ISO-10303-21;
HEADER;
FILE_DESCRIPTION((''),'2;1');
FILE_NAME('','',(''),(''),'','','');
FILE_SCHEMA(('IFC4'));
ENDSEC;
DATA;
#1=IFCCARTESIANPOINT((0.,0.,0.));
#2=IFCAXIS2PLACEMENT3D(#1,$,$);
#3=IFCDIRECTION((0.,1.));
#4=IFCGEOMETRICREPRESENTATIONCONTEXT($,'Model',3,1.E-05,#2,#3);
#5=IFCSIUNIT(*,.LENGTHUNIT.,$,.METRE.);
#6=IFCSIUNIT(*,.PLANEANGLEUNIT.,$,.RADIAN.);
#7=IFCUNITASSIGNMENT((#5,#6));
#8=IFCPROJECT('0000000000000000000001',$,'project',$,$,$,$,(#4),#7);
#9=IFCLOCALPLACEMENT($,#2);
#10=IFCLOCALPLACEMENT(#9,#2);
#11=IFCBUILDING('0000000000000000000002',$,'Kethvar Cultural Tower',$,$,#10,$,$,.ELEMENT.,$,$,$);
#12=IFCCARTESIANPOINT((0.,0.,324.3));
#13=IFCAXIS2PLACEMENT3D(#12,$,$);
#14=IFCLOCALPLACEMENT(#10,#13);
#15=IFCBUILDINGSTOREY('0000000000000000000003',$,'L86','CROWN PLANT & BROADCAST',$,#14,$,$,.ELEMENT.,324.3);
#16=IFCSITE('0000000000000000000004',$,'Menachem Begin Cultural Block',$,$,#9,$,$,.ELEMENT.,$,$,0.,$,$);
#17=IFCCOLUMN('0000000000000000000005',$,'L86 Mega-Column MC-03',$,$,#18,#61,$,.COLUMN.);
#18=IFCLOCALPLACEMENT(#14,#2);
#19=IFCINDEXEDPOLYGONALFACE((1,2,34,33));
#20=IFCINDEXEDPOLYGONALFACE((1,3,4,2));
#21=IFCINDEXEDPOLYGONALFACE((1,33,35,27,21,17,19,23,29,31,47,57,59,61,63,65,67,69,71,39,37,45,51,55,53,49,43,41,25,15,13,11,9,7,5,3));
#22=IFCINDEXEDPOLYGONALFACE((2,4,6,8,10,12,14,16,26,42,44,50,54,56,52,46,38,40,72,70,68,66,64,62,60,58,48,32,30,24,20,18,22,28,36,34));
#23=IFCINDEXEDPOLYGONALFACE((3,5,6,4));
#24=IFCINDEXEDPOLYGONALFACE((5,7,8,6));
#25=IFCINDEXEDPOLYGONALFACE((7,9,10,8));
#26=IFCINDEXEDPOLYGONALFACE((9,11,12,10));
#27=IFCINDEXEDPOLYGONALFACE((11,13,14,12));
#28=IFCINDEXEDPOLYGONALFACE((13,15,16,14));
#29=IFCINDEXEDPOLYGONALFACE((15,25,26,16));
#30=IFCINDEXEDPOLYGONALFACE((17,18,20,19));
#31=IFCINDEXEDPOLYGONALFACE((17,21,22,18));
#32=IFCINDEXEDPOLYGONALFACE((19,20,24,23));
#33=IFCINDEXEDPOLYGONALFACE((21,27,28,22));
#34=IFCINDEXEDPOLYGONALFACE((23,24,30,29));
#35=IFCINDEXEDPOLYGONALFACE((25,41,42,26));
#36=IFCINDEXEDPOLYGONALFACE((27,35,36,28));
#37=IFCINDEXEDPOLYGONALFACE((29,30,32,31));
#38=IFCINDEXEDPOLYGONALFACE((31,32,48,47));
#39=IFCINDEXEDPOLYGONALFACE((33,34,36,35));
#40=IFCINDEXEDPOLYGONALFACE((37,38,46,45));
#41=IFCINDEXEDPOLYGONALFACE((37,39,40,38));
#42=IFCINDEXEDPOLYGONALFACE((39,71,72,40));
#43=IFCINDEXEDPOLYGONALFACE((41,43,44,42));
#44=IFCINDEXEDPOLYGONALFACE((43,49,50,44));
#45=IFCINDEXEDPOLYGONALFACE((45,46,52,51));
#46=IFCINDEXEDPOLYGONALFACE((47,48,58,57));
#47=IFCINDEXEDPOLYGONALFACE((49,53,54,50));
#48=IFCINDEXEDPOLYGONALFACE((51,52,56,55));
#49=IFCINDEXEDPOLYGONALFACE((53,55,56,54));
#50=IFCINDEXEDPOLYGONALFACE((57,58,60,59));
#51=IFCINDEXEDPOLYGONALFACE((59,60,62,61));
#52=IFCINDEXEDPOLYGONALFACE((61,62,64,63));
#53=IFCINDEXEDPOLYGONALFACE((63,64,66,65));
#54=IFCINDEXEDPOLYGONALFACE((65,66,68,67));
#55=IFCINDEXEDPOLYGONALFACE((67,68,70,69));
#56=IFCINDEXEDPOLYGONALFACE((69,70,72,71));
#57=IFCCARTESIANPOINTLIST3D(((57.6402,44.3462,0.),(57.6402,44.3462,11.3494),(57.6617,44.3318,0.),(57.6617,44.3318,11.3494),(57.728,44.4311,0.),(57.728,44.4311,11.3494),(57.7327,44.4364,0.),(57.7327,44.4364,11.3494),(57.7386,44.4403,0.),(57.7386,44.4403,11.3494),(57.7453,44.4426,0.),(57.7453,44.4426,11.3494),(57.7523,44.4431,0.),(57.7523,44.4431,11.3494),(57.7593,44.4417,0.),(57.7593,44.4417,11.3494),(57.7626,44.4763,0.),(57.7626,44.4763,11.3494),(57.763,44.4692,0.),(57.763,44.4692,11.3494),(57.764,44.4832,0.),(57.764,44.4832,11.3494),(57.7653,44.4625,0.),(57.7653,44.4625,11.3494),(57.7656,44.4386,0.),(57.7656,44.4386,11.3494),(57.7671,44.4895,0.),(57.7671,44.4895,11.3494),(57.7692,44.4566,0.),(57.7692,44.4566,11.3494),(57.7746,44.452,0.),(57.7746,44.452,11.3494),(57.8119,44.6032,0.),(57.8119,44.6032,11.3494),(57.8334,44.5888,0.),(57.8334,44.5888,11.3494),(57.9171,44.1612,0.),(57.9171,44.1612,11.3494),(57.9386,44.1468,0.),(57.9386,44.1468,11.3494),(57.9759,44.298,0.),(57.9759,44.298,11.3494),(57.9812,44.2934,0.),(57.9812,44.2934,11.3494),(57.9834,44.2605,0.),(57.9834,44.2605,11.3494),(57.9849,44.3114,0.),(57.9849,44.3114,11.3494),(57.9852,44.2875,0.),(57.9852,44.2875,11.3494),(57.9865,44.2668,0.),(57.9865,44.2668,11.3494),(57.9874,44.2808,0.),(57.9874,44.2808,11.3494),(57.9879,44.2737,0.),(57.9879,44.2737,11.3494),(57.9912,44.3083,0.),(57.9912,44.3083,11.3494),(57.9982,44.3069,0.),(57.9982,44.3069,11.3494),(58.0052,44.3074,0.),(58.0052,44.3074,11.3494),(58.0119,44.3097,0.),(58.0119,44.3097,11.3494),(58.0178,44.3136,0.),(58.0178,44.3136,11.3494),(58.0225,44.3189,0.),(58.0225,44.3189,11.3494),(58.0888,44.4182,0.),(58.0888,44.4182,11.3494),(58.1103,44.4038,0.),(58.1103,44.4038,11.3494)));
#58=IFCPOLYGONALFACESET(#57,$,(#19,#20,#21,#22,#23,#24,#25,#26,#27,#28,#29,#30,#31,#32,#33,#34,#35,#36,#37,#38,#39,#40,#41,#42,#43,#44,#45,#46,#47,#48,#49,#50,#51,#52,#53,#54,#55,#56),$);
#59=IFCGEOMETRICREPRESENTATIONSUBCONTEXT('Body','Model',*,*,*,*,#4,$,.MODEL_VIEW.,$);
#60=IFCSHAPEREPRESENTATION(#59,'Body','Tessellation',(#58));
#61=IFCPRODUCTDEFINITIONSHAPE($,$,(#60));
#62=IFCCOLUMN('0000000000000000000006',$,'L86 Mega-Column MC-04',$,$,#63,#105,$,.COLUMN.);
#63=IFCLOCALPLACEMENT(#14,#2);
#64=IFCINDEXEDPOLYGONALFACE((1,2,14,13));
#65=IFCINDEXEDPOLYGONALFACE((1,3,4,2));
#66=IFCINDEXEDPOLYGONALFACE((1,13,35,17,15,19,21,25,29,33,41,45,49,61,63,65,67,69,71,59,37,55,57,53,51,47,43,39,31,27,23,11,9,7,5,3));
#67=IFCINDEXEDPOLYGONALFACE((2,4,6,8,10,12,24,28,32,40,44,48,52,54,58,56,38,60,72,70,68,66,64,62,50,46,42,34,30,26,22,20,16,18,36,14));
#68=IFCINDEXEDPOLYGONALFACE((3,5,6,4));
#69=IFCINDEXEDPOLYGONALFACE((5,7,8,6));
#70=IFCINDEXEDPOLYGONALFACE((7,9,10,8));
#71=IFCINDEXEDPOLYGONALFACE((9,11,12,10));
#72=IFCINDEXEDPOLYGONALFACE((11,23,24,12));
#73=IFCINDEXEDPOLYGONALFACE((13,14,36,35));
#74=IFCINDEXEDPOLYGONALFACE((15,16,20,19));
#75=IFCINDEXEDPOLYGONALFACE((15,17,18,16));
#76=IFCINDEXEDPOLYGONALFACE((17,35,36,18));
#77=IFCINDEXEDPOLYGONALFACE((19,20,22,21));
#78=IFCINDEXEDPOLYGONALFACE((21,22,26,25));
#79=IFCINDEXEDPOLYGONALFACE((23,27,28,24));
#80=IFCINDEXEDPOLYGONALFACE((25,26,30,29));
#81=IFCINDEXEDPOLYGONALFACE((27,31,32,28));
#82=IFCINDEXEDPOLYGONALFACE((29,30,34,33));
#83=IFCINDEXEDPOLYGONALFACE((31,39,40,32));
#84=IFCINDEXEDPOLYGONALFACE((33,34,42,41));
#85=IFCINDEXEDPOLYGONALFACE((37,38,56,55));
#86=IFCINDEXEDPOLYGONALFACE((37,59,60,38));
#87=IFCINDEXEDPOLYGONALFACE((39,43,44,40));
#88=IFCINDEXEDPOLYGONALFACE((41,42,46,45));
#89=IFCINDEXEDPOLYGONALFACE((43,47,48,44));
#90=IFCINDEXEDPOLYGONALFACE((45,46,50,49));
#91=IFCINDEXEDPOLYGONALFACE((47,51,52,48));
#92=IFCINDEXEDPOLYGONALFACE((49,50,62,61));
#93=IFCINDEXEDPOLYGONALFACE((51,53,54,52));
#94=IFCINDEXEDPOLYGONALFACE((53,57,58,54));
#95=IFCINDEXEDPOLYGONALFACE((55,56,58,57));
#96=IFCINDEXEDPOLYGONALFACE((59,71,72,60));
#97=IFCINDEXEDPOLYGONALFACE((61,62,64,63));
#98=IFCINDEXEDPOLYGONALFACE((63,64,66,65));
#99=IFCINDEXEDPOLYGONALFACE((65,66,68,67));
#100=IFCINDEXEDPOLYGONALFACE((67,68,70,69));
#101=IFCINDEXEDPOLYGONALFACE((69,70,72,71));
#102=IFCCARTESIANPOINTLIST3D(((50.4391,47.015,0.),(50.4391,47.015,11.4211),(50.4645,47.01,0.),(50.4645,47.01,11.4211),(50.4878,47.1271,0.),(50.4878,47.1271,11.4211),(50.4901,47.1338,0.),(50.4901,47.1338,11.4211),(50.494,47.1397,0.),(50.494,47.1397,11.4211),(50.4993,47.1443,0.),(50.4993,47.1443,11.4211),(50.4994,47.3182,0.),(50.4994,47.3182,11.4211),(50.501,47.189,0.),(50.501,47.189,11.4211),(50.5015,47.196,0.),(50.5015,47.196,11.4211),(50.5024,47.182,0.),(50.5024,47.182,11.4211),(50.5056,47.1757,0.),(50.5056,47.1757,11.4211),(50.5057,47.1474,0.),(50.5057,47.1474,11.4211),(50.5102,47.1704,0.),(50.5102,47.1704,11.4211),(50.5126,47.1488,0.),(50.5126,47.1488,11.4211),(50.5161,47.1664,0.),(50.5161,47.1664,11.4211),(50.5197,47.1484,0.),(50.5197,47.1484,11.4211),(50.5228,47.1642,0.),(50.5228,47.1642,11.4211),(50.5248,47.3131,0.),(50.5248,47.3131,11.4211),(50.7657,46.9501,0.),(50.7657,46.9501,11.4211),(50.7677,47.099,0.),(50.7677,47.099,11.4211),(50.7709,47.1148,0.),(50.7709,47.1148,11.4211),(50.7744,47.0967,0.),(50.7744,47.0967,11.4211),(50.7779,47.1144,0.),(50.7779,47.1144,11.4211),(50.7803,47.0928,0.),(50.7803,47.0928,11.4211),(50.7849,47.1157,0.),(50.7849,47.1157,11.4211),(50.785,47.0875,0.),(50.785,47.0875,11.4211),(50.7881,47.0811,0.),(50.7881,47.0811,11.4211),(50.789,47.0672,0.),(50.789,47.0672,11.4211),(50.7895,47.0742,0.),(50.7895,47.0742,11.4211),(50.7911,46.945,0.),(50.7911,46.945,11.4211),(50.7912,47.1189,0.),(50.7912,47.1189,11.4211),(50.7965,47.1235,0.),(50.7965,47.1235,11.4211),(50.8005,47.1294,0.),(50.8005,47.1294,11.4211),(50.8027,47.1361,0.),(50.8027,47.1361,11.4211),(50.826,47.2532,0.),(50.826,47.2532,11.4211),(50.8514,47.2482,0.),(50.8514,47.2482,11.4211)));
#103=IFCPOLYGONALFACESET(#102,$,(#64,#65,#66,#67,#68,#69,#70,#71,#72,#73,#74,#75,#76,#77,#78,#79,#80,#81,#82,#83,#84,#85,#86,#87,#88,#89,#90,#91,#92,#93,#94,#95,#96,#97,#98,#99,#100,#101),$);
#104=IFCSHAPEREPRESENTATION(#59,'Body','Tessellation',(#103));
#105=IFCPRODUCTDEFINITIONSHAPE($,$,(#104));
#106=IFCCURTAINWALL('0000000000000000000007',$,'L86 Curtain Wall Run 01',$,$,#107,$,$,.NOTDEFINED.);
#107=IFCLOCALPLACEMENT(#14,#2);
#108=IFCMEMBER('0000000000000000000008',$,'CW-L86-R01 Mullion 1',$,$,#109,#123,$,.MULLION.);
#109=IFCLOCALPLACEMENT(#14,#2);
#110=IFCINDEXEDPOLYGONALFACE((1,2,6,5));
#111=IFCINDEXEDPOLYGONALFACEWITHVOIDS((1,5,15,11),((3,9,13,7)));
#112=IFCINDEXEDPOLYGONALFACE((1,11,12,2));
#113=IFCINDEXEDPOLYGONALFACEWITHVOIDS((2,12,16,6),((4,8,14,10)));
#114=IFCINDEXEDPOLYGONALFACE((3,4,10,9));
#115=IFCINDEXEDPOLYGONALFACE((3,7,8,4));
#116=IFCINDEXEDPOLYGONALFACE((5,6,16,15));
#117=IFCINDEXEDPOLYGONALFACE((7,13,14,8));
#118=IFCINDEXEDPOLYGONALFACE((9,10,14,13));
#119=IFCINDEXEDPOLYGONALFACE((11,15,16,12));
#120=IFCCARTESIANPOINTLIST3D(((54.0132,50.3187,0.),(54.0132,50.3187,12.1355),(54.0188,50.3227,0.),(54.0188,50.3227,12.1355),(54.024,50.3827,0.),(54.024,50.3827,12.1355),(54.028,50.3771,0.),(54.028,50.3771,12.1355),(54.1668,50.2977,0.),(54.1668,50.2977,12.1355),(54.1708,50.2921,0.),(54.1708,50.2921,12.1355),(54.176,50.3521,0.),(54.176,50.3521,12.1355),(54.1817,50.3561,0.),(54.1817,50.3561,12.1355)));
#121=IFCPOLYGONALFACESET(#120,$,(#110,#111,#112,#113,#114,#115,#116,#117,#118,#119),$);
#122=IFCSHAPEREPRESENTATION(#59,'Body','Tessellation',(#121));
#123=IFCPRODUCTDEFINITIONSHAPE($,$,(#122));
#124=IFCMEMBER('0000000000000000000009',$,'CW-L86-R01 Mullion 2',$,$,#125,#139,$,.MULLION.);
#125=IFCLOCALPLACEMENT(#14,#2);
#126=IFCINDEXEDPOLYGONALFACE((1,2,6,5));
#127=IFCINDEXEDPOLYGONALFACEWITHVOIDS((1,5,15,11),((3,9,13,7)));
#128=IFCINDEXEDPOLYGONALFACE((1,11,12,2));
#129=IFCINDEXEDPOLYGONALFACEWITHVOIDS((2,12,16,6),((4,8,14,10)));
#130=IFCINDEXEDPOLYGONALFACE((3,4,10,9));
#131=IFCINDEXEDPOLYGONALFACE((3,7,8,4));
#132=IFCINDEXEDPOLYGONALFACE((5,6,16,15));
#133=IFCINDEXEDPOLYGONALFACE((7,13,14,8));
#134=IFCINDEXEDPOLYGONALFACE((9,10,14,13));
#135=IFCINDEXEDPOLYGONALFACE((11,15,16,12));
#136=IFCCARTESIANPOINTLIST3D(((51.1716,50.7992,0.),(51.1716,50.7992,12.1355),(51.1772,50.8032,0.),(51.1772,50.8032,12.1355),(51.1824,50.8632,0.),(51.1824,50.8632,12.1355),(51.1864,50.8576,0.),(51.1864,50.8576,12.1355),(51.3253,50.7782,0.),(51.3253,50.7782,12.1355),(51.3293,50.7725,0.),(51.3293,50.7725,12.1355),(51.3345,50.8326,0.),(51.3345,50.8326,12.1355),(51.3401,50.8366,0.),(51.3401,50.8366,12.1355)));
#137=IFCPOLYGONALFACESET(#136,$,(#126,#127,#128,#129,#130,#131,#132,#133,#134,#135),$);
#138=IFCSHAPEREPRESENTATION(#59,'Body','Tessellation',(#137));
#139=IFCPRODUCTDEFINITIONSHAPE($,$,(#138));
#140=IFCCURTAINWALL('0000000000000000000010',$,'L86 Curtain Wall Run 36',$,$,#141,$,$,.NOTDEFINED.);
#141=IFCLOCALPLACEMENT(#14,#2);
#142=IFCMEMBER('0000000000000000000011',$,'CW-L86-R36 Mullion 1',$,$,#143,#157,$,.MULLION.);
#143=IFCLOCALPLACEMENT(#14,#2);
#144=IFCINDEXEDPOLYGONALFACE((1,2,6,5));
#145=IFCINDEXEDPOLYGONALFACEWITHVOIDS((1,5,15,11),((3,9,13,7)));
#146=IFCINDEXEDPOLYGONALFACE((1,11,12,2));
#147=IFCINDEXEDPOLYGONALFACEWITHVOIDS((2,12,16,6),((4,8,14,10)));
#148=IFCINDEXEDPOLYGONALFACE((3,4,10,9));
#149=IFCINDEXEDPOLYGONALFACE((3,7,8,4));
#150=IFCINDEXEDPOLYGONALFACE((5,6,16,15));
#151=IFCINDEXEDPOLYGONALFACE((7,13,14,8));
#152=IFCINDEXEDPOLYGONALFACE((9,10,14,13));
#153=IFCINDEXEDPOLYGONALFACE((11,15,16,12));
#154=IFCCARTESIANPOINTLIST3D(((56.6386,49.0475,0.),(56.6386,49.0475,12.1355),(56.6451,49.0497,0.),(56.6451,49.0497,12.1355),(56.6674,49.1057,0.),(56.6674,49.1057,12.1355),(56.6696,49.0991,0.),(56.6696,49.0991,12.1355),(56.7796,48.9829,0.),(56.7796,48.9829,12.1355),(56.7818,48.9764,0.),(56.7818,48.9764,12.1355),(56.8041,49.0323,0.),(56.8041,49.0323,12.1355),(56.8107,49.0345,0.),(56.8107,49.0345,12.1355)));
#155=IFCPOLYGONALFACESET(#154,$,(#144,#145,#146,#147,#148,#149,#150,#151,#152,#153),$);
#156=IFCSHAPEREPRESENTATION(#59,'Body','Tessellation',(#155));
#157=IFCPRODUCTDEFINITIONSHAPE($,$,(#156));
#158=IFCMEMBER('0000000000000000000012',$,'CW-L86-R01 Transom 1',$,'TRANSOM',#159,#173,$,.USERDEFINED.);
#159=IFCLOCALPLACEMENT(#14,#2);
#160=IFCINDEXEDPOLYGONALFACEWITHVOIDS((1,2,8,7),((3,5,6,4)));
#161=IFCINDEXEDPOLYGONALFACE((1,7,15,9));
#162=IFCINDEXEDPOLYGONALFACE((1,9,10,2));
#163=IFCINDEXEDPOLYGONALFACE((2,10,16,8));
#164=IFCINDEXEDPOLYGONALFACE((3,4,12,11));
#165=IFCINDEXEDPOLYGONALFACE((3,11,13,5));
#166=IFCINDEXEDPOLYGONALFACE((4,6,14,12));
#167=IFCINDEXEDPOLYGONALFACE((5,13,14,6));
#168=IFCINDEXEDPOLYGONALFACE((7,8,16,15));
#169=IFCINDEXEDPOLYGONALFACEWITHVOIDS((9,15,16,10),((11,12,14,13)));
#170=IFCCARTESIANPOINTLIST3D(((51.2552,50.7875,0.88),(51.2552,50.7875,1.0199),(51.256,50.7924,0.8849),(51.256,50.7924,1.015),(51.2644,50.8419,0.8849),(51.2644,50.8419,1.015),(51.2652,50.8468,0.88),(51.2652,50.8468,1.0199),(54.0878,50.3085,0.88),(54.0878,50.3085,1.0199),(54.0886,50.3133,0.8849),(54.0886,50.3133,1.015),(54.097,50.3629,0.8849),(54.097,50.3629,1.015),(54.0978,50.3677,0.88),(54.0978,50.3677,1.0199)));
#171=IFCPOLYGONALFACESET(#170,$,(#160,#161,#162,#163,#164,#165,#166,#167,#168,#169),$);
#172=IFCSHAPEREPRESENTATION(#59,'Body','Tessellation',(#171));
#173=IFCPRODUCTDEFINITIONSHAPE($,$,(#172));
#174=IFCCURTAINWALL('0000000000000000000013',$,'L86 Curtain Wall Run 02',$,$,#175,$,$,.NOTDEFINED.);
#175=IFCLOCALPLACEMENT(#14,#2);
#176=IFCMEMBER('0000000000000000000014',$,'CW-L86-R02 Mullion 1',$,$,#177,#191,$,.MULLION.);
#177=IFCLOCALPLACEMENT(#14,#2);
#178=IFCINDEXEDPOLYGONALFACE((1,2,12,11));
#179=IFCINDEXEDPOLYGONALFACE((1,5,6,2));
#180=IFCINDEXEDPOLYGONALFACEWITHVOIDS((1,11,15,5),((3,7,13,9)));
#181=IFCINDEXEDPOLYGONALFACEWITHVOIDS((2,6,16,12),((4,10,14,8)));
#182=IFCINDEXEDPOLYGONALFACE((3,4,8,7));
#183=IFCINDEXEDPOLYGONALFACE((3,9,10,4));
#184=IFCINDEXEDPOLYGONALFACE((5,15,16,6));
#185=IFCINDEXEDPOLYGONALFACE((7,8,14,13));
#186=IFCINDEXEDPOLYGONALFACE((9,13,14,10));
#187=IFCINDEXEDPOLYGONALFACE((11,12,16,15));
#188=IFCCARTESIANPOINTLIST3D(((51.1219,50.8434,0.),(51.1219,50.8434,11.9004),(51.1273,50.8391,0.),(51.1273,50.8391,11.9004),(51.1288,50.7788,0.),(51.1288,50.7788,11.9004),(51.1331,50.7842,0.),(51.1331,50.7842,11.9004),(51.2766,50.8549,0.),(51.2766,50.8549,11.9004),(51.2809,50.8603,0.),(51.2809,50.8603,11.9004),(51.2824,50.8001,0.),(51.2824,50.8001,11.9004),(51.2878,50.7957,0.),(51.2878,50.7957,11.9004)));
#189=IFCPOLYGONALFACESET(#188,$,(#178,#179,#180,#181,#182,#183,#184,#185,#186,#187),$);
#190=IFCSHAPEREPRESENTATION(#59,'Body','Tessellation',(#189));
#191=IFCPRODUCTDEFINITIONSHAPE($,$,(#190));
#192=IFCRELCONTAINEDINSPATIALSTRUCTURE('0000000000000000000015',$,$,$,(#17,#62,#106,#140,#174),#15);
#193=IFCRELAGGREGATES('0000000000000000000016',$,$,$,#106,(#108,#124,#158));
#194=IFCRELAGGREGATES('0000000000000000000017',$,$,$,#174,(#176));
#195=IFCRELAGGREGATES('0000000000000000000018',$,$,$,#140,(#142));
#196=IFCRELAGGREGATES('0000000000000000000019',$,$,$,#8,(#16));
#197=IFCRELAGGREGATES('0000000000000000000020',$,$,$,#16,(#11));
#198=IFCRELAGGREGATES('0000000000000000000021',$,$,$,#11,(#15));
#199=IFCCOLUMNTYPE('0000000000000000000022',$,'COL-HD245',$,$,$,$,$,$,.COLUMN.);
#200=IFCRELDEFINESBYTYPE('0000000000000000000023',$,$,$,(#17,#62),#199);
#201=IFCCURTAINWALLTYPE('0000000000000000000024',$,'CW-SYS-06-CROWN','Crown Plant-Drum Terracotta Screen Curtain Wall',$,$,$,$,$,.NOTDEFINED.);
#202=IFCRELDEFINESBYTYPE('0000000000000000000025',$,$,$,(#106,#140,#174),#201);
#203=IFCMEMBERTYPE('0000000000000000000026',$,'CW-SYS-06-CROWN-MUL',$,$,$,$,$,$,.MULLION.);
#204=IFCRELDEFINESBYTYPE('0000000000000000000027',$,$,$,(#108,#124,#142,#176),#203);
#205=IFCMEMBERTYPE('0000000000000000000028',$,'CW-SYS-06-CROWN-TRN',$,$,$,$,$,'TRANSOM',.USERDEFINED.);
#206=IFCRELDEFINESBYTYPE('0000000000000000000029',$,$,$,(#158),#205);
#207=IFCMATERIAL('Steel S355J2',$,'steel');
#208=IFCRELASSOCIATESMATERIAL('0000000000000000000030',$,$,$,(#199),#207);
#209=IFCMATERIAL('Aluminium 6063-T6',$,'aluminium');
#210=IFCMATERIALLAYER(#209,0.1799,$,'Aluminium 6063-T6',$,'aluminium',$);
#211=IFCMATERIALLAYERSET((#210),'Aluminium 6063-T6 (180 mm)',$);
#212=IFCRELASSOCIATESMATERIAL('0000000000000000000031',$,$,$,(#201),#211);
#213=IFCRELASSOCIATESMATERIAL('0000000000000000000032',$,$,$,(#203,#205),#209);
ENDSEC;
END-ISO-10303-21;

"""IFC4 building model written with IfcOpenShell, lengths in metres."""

from ifc_helpers import new_model, si_unit, direction, frame, origin, origin_2d, place, context, subcontext, project, spatial, hollow_rectangle, i_section, extrude, source, transform, mapped, material, layer, layer_set, material_profile, profile_set, type_object, element, aggregate, save


model = new_model("IFC4")

# Units and contexts
model_context = context("Model", 3, precision=1e-05, world=origin(), true_north=direction((0.0, 1.0)))
body_context = subcontext(model_context, "Body", "Model", "MODEL_VIEW")
ifc_project = project(units=[si_unit("LENGTHUNIT", "METRE"), si_unit("PLANEANGLEUNIT", "RADIAN")], contexts=[model_context])

# Site, building, storey
site_placement = place(None, origin())
site = spatial("IfcSite", under=ifc_project, at=site_placement, Name="Menachem Begin Cultural Block", CompositionType="ELEMENT", RefElevation=0.0)
building_placement = place(site_placement, origin())
building = spatial("IfcBuilding", under=site, at=building_placement, Name="Kethvar Cultural Tower", CompositionType="ELEMENT")
storey_placement = place(building_placement, frame((0.0, 0.0, 324.3)))
storey = spatial("IfcBuildingStorey", under=building, at=storey_placement, Name="L86", Description="CROWN PLANT & BROADCAST", CompositionType="ELEMENT", Elevation=324.3)

# Columns
ifc_material_1 = material(Name="Steel S355J2", Category="steel")
ifc_material_profile_1 = material_profile(ifc_material_1, i_section(OverallWidth=0.3091, OverallDepth=0.3589, WebThickness=0.0161, FlangeThickness=0.0259, FilletRadius=0.0271, at=origin_2d()), Name="Steel S355J2 — HD320x245")
ifc_profile_set_1 = profile_set([ifc_material_profile_1], Name="Steel S355J2 — HD320x245")
column_type = type_object("IfcColumnType", Name="COL-HD245", PredefinedType="COLUMN", material=ifc_profile_set_1)
shared_shape_1 = source(origin(), body_context, "Body", "SweptSolid", [
    extrude(i_section(OverallWidth=0.3091, OverallDepth=0.3589, WebThickness=0.0161, FlangeThickness=0.0259, FilletRadius=0.0271, at=origin_2d()), origin(), (0.0, 0.0, 1.0), 11.3494),
])
column_1_placement = place(storey_placement, frame((57.8752, 44.375, 0.0), z_axis=(0.0, 0.0, 1.0), x_axis=(0.55557, 0.83147, 0.0)))
element("IfcColumn", 1, at=column_1_placement, inside=storey, type_object=column_type, Name="L86 Mega-Column MC-03", PredefinedType="COLUMN", context=body_context, shape_type="MappedRepresentation", body=[
    mapped(shared_shape_1, transform((0.0, 0.0, 0.0), scale=1.0)),
])
shared_shape_2 = source(origin(), body_context, "Body", "SweptSolid", [
    extrude(i_section(OverallWidth=0.3091, OverallDepth=0.3589, WebThickness=0.0161, FlangeThickness=0.0259, FilletRadius=0.0271, at=origin_2d()), origin(), (0.0, 0.0, 1.0), 11.4211),
])
column_2_placement = place(storey_placement, frame((50.6453, 47.1316, 0.0), z_axis=(0.0, 0.0, 1.0), x_axis=(0.19509, 0.980785, 0.0)))
element("IfcColumn", 2, at=column_2_placement, inside=storey, type_object=column_type, Name="L86 Mega-Column MC-04", PredefinedType="COLUMN", context=body_context, shape_type="MappedRepresentation", body=[
    mapped(shared_shape_2, transform((0.0, 0.0, 0.0), scale=1.0)),
])

# Curtain wall, members
ifc_material_2 = material(Name="Aluminium 6063-T6", Category="aluminium")
ifc_layer_1 = layer(ifc_material_2, 0.1799, Name="Aluminium 6063-T6", Category="aluminium")
ifc_layer_set_1 = layer_set([ifc_layer_1], Name="Aluminium 6063-T6 (180 mm)")
curtain_wall_type = type_object("IfcCurtainWallType", Name="CW-SYS-06-CROWN", Description="Crown Plant-Drum Terracotta Screen Curtain Wall", PredefinedType="NOTDEFINED", material=ifc_layer_set_1)
curtain_wall_1_placement = place(storey_placement, origin())
curtain_wall_1 = element("IfcCurtainWall", 3, at=curtain_wall_1_placement, inside=storey, type_object=curtain_wall_type, Name="L86 Curtain Wall Run 01", PredefinedType="NOTDEFINED")
ifc_material_profile_2 = material_profile(ifc_material_2, hollow_rectangle(XDim=0.0649, YDim=0.1599, WallThickness=0.0049, at=origin_2d()), Name="Aluminium 6063-T6 — RHS160x65x5")
ifc_profile_set_2 = profile_set([ifc_material_profile_2], Name="Aluminium 6063-T6 — RHS160x65x5")
member_type_1 = type_object("IfcMemberType", Name="CW-SYS-06-CROWN-MUL", PredefinedType="MULLION", material=ifc_profile_set_2)
shared_shape_3 = source(origin(), body_context, "Body", "SweptSolid", [
    extrude(hollow_rectangle(XDim=0.0649, YDim=0.1599, WallThickness=0.0049, at=origin_2d()), origin(), (0.0, 0.0, 1.0), 12.1355),
])
member_1_placement = place(storey_placement, frame((54.0974, 50.3374, 0.0), z_axis=(0.0, 0.0, 1.0), x_axis=(-0.166734, -0.986002, 0.0)))
member_1 = element("IfcMember", 4, at=member_1_placement, type_object=member_type_1, Name="CW-L86-R01 Mullion 1", PredefinedType="MULLION", context=body_context, shape_type="MappedRepresentation", body=[
    mapped(shared_shape_3, transform((0.0, 0.0, 0.0), scale=1.0)),
])
member_2_placement = place(storey_placement, frame((51.2559, 50.8179, 0.0), z_axis=(0.0, 0.0, 1.0), x_axis=(-0.166734, -0.986002, 0.0)))
member_2 = element("IfcMember", 5, at=member_2_placement, type_object=member_type_1, Name="CW-L86-R01 Mullion 2", PredefinedType="MULLION", context=body_context, shape_type="MappedRepresentation", body=[
    mapped(shared_shape_3, transform((0.0, 0.0, 0.0), scale=1.0)),
])

# Curtain wall, member
curtain_wall_2_placement = place(storey_placement, origin())
curtain_wall_2 = element("IfcCurtainWall", 6, at=curtain_wall_2_placement, inside=storey, type_object=curtain_wall_type, Name="L86 Curtain Wall Run 36", PredefinedType="NOTDEFINED")
member_3_placement = place(storey_placement, frame((56.7246, 49.041, 0.0), z_axis=(0.0, 0.0, 1.0), x_axis=(-0.444666, -0.895696, 0.0)))
member_3 = element("IfcMember", 7, at=member_3_placement, type_object=member_type_1, Name="CW-L86-R36 Mullion 1", PredefinedType="MULLION", context=body_context, shape_type="MappedRepresentation", body=[
    mapped(shared_shape_3, transform((0.0, 0.0, 0.0), scale=1.0)),
])

# Member
ifc_material_profile_3 = material_profile(ifc_material_2, hollow_rectangle(XDim=0.0601, YDim=0.1399, WallThickness=0.0049, at=origin_2d()), Name="Aluminium 6063-T6 — RHS140x60x5")
ifc_profile_set_3 = profile_set([ifc_material_profile_3], Name="Aluminium 6063-T6 — RHS140x60x5")
member_type_2 = type_object("IfcMemberType", Name="CW-SYS-06-CROWN-TRN", ElementType="TRANSOM", PredefinedType="USERDEFINED", material=ifc_profile_set_3)
shared_shape_4 = source(origin(), body_context, "Body", "SweptSolid", [
    extrude(hollow_rectangle(XDim=0.0601, YDim=0.1399, WallThickness=0.0049, at=origin_2d()), origin(), (0.0, 0.0, 1.0), 2.8728),
])
member_4_placement = place(storey_placement, frame((54.0928, 50.3381, 0.95), z_axis=(-0.986001, 0.166741, 0.0), x_axis=(-0.166741, -0.986001, 0.0)))
member_4 = element("IfcMember", 8, at=member_4_placement, type_object=member_type_2, Name="CW-L86-R01 Transom 1", ObjectType="TRANSOM", PredefinedType="USERDEFINED", context=body_context, shape_type="MappedRepresentation", body=[
    mapped(shared_shape_4, transform((0.0, 0.0, 0.0), scale=1.0)),
])

# Curtain wall, member
curtain_wall_3_placement = place(storey_placement, origin())
curtain_wall_3 = element("IfcCurtainWall", 9, at=curtain_wall_3_placement, inside=storey, type_object=curtain_wall_type, Name="L86 Curtain Wall Run 02", PredefinedType="NOTDEFINED")
shared_shape_5 = source(origin(), body_context, "Body", "SweptSolid", [
    extrude(hollow_rectangle(XDim=0.0649, YDim=0.1599, WallThickness=0.0049, at=origin_2d()), origin(), (0.0, 0.0, 1.0), 11.9004),
])
member_5_placement = place(storey_placement, frame((51.2048, 50.8196, 0.0), z_axis=(0.0, 0.0, 1.0), x_axis=(0.105639, -0.994405, 0.0)))
member_5 = element("IfcMember", 10, at=member_5_placement, type_object=member_type_1, Name="CW-L86-R02 Mullion 1", PredefinedType="MULLION", context=body_context, shape_type="MappedRepresentation", body=[
    mapped(shared_shape_5, transform((0.0, 0.0, 0.0), scale=1.0)),
])

aggregate(curtain_wall_1, [member_1, member_2, member_4])
aggregate(curtain_wall_3, [member_5])
aggregate(curtain_wall_2, [member_3])

save(model, "model.ifc")
